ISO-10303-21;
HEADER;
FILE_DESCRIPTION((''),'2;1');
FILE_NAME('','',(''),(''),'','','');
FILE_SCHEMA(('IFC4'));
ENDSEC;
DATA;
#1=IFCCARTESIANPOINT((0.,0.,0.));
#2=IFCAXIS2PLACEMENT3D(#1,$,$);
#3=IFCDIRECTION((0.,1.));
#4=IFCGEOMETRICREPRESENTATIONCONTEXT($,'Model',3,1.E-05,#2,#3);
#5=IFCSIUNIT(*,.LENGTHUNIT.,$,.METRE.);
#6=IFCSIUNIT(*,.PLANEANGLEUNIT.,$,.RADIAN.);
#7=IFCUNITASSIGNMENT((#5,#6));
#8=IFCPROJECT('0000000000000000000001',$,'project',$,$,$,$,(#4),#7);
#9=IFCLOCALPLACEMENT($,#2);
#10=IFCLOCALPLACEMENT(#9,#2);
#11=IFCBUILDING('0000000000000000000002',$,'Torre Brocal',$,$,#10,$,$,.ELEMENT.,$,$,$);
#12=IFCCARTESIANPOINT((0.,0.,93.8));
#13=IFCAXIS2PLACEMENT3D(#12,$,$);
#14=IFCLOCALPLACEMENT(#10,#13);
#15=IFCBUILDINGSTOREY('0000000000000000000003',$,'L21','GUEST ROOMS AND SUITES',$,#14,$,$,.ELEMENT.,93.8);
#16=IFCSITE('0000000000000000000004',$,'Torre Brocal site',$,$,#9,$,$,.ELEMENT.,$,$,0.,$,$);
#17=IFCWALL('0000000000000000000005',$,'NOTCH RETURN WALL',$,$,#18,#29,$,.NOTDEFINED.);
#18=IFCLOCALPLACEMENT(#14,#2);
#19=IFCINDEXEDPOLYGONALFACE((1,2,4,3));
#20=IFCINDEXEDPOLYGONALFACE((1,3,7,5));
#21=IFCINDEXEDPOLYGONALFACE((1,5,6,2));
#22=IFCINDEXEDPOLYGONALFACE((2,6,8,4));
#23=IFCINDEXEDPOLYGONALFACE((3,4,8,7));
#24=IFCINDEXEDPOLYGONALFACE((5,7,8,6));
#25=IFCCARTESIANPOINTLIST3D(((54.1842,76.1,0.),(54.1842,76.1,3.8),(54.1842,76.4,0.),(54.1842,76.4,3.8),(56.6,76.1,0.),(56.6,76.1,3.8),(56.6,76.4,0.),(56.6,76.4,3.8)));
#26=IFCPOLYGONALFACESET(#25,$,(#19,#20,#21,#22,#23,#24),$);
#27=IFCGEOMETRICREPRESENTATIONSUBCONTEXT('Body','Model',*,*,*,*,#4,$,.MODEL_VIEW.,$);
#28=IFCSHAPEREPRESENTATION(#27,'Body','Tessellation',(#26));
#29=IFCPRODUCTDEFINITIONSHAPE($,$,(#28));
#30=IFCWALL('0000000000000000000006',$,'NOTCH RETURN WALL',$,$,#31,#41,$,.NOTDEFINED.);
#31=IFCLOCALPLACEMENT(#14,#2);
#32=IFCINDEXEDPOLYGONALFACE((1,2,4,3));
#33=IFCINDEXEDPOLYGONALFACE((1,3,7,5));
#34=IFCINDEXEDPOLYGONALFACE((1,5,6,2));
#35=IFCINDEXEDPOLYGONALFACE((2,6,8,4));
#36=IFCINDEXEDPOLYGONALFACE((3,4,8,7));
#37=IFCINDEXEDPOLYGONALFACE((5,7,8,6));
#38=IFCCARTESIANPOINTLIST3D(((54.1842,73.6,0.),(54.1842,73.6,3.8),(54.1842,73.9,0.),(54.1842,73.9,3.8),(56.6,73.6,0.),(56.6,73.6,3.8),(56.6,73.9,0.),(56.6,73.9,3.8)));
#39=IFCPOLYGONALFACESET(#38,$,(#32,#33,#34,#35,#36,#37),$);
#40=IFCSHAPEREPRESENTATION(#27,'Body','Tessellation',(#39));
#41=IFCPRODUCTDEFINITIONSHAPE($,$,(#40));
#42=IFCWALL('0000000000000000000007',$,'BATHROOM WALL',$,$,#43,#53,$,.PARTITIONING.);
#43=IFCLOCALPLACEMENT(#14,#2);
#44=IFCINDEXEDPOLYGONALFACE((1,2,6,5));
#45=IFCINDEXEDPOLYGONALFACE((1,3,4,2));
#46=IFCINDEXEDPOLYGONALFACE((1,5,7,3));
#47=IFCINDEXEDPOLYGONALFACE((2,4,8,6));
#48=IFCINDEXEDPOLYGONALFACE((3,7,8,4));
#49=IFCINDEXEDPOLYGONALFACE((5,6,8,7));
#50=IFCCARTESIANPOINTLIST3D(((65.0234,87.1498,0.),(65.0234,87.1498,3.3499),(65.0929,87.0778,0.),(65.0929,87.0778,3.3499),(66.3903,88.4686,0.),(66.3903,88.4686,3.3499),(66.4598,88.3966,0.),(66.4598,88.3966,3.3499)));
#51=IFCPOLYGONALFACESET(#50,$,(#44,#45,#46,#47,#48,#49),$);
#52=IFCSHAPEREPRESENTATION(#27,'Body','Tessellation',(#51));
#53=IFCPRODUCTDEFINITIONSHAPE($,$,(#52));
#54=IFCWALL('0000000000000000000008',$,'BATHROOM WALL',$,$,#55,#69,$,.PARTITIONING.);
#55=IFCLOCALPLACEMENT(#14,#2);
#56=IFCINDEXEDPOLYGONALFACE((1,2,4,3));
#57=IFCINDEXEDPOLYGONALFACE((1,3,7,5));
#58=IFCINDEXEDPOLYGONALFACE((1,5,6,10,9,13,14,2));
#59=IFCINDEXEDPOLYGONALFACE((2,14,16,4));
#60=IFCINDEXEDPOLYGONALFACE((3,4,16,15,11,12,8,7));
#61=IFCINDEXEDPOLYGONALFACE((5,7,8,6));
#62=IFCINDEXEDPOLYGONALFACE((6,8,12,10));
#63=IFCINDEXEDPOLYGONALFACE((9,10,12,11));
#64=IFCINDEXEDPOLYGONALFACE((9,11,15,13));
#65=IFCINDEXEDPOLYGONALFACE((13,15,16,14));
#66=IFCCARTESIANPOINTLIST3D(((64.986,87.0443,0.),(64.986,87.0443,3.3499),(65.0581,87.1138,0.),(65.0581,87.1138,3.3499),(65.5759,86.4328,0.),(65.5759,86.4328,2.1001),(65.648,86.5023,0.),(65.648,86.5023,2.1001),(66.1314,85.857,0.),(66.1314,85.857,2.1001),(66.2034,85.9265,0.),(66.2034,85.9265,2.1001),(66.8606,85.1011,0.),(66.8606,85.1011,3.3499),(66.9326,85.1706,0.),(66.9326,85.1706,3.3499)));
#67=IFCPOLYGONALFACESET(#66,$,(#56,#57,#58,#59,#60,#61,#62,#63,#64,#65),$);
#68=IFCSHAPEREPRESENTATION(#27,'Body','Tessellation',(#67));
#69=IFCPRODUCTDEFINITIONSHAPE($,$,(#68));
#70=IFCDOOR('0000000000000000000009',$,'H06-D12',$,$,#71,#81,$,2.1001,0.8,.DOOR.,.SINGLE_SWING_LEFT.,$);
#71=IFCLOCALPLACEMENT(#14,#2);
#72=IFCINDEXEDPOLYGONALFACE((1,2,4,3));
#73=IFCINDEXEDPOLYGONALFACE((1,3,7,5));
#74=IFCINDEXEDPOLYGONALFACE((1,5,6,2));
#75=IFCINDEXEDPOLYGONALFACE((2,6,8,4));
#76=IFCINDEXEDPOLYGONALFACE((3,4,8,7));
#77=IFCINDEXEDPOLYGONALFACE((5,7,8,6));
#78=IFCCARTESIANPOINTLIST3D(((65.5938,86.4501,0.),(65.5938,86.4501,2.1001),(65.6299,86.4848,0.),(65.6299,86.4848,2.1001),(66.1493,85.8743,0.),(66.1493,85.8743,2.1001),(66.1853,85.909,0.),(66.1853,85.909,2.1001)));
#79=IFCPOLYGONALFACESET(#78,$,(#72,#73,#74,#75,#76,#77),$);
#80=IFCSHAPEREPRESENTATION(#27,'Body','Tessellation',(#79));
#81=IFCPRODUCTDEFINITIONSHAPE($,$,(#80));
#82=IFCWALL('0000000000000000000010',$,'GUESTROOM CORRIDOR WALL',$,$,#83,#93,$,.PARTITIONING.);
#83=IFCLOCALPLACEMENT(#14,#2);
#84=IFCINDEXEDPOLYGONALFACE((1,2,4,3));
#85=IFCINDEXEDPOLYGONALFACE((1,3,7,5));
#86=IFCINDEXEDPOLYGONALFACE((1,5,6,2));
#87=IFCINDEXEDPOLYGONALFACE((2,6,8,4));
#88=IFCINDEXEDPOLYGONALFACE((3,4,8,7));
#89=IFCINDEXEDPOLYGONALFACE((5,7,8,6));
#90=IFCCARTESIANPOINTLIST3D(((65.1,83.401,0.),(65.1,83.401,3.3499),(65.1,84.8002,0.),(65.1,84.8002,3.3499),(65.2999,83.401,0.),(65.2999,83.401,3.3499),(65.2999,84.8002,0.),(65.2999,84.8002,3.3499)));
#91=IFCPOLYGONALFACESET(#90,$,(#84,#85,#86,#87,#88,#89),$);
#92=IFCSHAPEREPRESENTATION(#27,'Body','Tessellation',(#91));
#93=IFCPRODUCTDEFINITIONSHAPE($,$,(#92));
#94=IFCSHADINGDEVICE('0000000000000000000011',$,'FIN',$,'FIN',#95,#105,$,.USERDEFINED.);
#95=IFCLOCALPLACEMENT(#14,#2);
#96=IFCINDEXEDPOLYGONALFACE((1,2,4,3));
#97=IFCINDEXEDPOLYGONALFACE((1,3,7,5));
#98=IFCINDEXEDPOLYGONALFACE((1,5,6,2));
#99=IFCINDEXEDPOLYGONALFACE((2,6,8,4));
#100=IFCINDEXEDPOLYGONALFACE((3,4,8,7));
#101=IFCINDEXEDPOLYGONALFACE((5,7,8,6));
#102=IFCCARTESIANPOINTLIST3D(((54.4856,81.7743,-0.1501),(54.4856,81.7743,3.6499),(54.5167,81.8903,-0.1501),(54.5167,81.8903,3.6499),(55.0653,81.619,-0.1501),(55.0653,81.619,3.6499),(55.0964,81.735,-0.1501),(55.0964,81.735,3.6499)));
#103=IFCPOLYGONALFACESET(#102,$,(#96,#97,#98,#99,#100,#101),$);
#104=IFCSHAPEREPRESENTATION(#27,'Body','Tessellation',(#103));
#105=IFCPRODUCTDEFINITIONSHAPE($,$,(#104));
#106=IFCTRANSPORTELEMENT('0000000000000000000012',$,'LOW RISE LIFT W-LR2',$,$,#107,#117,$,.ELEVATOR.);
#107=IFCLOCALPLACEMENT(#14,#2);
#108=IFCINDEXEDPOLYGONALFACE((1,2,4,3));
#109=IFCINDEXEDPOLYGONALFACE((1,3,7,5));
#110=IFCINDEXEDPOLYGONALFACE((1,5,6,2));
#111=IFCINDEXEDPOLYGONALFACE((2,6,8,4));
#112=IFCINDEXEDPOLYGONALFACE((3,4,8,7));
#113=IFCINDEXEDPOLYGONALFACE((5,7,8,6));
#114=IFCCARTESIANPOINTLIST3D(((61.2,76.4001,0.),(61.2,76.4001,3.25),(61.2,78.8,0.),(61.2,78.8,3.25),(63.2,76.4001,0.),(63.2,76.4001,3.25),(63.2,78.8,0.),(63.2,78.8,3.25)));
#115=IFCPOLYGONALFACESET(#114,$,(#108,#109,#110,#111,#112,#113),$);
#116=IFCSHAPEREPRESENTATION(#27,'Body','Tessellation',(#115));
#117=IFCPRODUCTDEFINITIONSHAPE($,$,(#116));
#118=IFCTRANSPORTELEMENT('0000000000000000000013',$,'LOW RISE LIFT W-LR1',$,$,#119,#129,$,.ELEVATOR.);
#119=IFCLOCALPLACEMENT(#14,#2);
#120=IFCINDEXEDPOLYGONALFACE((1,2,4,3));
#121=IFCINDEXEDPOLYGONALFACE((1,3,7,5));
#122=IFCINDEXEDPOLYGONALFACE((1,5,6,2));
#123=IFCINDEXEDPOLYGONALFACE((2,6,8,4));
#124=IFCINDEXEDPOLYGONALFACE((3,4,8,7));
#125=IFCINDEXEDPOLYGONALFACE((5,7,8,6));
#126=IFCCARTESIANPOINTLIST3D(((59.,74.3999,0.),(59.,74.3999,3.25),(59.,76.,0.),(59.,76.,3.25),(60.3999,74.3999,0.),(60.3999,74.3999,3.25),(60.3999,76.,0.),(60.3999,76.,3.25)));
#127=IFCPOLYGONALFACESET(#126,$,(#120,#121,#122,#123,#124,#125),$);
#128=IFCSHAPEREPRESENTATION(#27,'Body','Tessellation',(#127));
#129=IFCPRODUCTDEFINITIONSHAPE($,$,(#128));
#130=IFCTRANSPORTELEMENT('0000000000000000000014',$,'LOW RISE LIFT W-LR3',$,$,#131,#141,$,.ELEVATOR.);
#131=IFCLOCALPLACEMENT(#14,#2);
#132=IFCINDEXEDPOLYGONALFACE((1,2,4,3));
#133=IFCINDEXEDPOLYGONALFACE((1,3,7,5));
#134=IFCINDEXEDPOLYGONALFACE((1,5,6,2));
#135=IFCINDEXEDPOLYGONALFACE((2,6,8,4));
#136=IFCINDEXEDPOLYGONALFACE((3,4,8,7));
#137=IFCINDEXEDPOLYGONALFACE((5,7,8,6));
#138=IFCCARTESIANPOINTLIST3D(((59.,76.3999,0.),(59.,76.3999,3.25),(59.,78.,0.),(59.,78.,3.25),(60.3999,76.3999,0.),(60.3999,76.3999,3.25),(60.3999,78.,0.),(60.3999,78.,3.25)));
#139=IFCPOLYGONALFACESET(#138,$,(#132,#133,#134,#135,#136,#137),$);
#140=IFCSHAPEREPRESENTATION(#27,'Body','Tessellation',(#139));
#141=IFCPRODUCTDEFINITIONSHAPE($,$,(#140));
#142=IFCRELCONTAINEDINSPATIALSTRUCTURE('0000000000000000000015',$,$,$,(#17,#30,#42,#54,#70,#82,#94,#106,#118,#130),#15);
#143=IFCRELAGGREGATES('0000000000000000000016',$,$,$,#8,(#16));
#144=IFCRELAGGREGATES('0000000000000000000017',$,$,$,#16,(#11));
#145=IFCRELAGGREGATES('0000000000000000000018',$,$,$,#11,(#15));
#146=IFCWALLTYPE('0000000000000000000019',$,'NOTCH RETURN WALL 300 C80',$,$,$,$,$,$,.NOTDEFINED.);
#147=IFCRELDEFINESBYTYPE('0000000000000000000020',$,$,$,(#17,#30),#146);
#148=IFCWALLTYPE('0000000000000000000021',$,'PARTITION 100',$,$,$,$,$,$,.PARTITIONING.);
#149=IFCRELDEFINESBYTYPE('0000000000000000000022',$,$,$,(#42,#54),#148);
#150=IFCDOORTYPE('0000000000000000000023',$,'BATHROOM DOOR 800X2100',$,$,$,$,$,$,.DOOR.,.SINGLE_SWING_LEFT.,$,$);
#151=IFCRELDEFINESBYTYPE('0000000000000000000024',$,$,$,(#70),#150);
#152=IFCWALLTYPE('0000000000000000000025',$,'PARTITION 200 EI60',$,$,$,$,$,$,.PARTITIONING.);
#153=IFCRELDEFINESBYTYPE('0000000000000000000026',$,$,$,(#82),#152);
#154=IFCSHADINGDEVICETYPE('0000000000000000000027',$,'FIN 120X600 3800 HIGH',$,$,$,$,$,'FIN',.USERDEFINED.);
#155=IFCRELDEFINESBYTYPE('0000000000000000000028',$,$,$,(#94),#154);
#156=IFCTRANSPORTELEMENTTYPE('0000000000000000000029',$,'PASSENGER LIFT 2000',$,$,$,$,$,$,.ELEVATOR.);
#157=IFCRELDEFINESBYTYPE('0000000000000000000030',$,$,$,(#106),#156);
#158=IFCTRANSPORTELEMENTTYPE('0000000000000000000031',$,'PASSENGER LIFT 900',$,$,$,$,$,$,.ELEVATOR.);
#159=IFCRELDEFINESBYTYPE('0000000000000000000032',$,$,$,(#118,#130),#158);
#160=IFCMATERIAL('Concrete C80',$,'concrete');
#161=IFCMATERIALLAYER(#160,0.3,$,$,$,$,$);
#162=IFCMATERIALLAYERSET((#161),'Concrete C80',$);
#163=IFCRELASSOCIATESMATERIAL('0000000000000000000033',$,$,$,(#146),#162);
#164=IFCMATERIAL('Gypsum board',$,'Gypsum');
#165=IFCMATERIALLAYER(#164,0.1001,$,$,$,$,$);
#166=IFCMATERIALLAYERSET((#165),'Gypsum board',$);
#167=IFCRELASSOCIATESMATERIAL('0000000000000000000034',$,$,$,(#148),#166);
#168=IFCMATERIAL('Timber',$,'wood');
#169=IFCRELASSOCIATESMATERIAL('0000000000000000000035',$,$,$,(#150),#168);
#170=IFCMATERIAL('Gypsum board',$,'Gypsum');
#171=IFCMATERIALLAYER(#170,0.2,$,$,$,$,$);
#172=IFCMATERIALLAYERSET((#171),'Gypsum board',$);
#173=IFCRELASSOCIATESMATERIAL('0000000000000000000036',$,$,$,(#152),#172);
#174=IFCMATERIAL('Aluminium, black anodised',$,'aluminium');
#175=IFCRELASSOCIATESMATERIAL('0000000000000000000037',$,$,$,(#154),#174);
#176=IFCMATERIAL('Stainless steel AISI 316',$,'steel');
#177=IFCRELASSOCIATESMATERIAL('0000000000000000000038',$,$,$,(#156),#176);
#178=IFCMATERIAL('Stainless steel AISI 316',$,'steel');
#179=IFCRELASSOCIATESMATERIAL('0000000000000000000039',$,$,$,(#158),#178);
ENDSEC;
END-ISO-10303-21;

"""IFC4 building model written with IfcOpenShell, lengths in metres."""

from ifc_helpers import new_model, si_unit, direction, frame, frame_2d, origin, origin_2d, place, context, subcontext, project, spatial, rectangle, extrude, material, layer, layer_set, material_profile, profile_set, type_object, element, fill, save


model = new_model("IFC4")

# Units and contexts
model_context = context("Model", 3, precision=1e-05, world=origin(), true_north=direction((0.0, 1.0)))
body_context = subcontext(model_context, "Body", "Model", "MODEL_VIEW")
ifc_project = project(units=[si_unit("LENGTHUNIT", "METRE"), si_unit("PLANEANGLEUNIT", "RADIAN")], contexts=[model_context])

# Site, building, storey
site_placement = place(None, origin())
site = spatial("IfcSite", under=ifc_project, at=site_placement, Name="Torre Brocal site", CompositionType="ELEMENT", RefElevation=0.0)
building_placement = place(site_placement, origin())
building = spatial("IfcBuilding", under=site, at=building_placement, Name="Torre Brocal", CompositionType="ELEMENT")
storey_placement = place(building_placement, frame((0.0, 0.0, 93.8)))
storey = spatial("IfcBuildingStorey", under=building, at=storey_placement, Name="L21", Description="GUEST ROOMS AND SUITES", CompositionType="ELEMENT", Elevation=93.8)

# Walls
ifc_material_1 = material(Name="Concrete C80", Category="concrete")
ifc_layer_1 = layer(ifc_material_1, 0.3)
ifc_layer_set_1 = layer_set([ifc_layer_1], Name="Concrete C80")
wall_type_1 = type_object("IfcWallType", Name="NOTCH RETURN WALL 300 C80", PredefinedType="NOTDEFINED", material=ifc_layer_set_1)
for number, where, z_axis, x_axis, name in (
    (1, (56.6001, 76.25, 0.0), (0.0, 0.0, 1.0), (-1.0, 0.0, 0.0), "NOTCH RETURN WALL"),
    (2, (56.6001, 73.75, 0.0), (0.0, 0.0, 1.0), (-1.0, 0.0, 0.0), "NOTCH RETURN WALL"),
):
    element("IfcWall", number, at=place(storey_placement, frame(where, z_axis=z_axis, x_axis=x_axis)), inside=storey, type_object=wall_type_1, Name=name, PredefinedType="NOTDEFINED", context=body_context, shape_type="SweptSolid", body=[
        extrude(rectangle(XDim=2.4158, YDim=0.3, at=frame_2d((1.208, 0.0))), origin(), (0.0, 0.0, 1.0), 3.8),
    ])
ifc_material_2 = material(Name="Gypsum board", Category="Gypsum")
ifc_layer_2 = layer(ifc_material_2, 0.1001)
ifc_layer_set_2 = layer_set([ifc_layer_2], Name="Gypsum board")
wall_type_2 = type_object("IfcWallType", Name="PARTITION 100", PredefinedType="PARTITIONING", material=ifc_layer_set_2)
wall_1_placement = place(storey_placement, frame((65.0581, 87.1138, 0.0), z_axis=(0.0, 0.0, 1.0), x_axis=(0.719654, 0.694333, 0.0)))
element("IfcWall", 3, at=wall_1_placement, inside=storey, type_object=wall_type_2, Name="BATHROOM WALL", PredefinedType="PARTITIONING", context=body_context, shape_type="SweptSolid", body=[
    extrude(rectangle(XDim=1.8994, YDim=0.1001, at=frame_2d((0.9497, 0.0))), origin(), (0.0, 0.0, 1.0), 3.3499),
])

# Wall, opening, door
wall_2_placement = place(storey_placement, frame((65.022, 87.0791, 0.0), z_axis=(0.0, 0.0, 1.0), x_axis=(0.694288, -0.719697, 0.0)))
wall_2 = element("IfcWall", 4, at=wall_2_placement, inside=storey, type_object=wall_type_2, Name="BATHROOM WALL", PredefinedType="PARTITIONING", context=body_context, shape_type="SweptSolid", body=[
    extrude(rectangle(XDim=2.7, YDim=0.1001, at=frame_2d((1.3501, 0.0))), origin(), (0.0, 0.0, 1.0), 3.3499),
])
opening_placement = place(wall_2_placement, frame((0.8499, 0.0, 0.0)))
opening = element("IfcOpeningElement", 5, at=opening_placement, cuts=wall_2, PredefinedType="OPENING", context=body_context, shape_type="SweptSolid", body=[
    extrude(rectangle(XDim=0.8, YDim=2.1001, at=frame_2d((0.3999, 1.05))), frame((0.0, 0.0601, 0.0), z_axis=(0.0, -1.0, 0.0), x_axis=(1.0, 0.0, 0.0)), (0.0, 0.0, 1.0), 0.1201),
])
ifc_material_3 = material(Name="Timber", Category="wood")
door_type = type_object("IfcDoorType", Name="BATHROOM DOOR 800X2100", OperationType="SINGLE_SWING_LEFT", PredefinedType="DOOR", material=ifc_material_3)
door_placement = place(opening_placement, origin())
door = element("IfcDoor", 6, at=door_placement, inside=storey, type_object=door_type, Name="H06-D12", OperationType="SINGLE_SWING_LEFT", OverallHeight=2.1001, OverallWidth=0.8, PredefinedType="DOOR", context=body_context, shape_type="SweptSolid", body=[
    extrude(rectangle(XDim=0.8, YDim=2.1001, at=frame_2d((0.3999, 1.05))), frame((0.0, 0.0249, 0.0), z_axis=(0.0, -1.0, 0.0), x_axis=(1.0, 0.0, 0.0)), (0.0, 0.0, 1.0), 0.05),
])
fill(opening, door)

# Wall
ifc_material_4 = material(Name="Gypsum board", Category="Gypsum")
ifc_layer_3 = layer(ifc_material_4, 0.2)
ifc_layer_set_3 = layer_set([ifc_layer_3], Name="Gypsum board")
wall_type_3 = type_object("IfcWallType", Name="PARTITION 200 EI60", PredefinedType="PARTITIONING", material=ifc_layer_set_3)
wall_3_placement = place(storey_placement, frame((65.2, 83.4009, 0.0), z_axis=(0.0, 0.0, 1.0), x_axis=(0.0, 1.0, 0.0)))
element("IfcWall", 7, at=wall_3_placement, inside=storey, type_object=wall_type_3, Name="GUESTROOM CORRIDOR WALL", PredefinedType="PARTITIONING", context=body_context, shape_type="SweptSolid", body=[
    extrude(rectangle(XDim=1.3992, YDim=0.2, at=frame_2d((0.6997, 0.0))), origin(), (0.0, 0.0, 1.0), 3.3499),
])

# Shading device
ifc_material_5 = material(Name="Aluminium, black anodised", Category="aluminium")
ifc_material_profile_1 = material_profile(ifc_material_5, rectangle(XDim=0.1201, YDim=0.6001, at=origin_2d()), Name="FIN 120X600 3800 HIGH")
ifc_profile_set_1 = profile_set([ifc_material_profile_1], Name="Aluminium, black anodised")
shading_device_type = type_object("IfcShadingDeviceType", Name="FIN 120X600 3800 HIGH", ElementType="FIN", PredefinedType="USERDEFINED", material=ifc_profile_set_1)
shading_device_placement = place(storey_placement, frame((54.791, 81.7546, -0.1501), z_axis=(0.0, 0.0, 1.0), x_axis=(-0.258819, -0.965926, 0.0)))
element("IfcShadingDevice", 8, at=shading_device_placement, inside=storey, type_object=shading_device_type, Name="FIN", ObjectType="FIN", PredefinedType="USERDEFINED", context=body_context, shape_type="SweptSolid", body=[
    extrude(rectangle(XDim=0.1201, YDim=0.6001, at=origin_2d()), origin(), (0.0, 0.0, 1.0), 3.8),
])

# Transport elements
ifc_material_6 = material(Name="Stainless steel AISI 316", Category="steel")
transport_element_type_1 = type_object("IfcTransportElementType", Name="PASSENGER LIFT 2000", PredefinedType="ELEVATOR", material=ifc_material_6)
transport_element_placement = place(storey_placement, frame((62.2, 77.6001, 0.0), z_axis=(0.0, 0.0, 1.0), x_axis=(1.0, 0.0, 0.0)))
element("IfcTransportElement", 9, at=transport_element_placement, inside=storey, type_object=transport_element_type_1, Name="LOW RISE LIFT W-LR2", PredefinedType="ELEVATOR", context=body_context, shape_type="SweptSolid", body=[
    extrude(rectangle(XDim=2.0, YDim=2.3999, at=origin_2d()), origin(), (0.0, 0.0, 1.0), 3.25),
])
ifc_material_7 = material(Name="Stainless steel AISI 316", Category="steel")
transport_element_type_2 = type_object("IfcTransportElementType", Name="PASSENGER LIFT 900", PredefinedType="ELEVATOR", material=ifc_material_7)
for number, where, z_axis, x_axis, name in (
    (10, (59.7, 75.2, 0.0), (0.0, 0.0, 1.0), (1.0, 0.0, 0.0), "LOW RISE LIFT W-LR1"),
    (11, (59.7, 77.2, 0.0), (0.0, 0.0, 1.0), (1.0, 0.0, 0.0), "LOW RISE LIFT W-LR3"),
):
    element("IfcTransportElement", number, at=place(storey_placement, frame(where, z_axis=z_axis, x_axis=x_axis)), inside=storey, type_object=transport_element_type_2, Name=name, PredefinedType="ELEVATOR", context=body_context, shape_type="SweptSolid", body=[
        extrude(rectangle(XDim=1.3999, YDim=1.6001, at=origin_2d()), origin(), (0.0, 0.0, 1.0), 3.25),
    ])

save(model, "model.ifc")
